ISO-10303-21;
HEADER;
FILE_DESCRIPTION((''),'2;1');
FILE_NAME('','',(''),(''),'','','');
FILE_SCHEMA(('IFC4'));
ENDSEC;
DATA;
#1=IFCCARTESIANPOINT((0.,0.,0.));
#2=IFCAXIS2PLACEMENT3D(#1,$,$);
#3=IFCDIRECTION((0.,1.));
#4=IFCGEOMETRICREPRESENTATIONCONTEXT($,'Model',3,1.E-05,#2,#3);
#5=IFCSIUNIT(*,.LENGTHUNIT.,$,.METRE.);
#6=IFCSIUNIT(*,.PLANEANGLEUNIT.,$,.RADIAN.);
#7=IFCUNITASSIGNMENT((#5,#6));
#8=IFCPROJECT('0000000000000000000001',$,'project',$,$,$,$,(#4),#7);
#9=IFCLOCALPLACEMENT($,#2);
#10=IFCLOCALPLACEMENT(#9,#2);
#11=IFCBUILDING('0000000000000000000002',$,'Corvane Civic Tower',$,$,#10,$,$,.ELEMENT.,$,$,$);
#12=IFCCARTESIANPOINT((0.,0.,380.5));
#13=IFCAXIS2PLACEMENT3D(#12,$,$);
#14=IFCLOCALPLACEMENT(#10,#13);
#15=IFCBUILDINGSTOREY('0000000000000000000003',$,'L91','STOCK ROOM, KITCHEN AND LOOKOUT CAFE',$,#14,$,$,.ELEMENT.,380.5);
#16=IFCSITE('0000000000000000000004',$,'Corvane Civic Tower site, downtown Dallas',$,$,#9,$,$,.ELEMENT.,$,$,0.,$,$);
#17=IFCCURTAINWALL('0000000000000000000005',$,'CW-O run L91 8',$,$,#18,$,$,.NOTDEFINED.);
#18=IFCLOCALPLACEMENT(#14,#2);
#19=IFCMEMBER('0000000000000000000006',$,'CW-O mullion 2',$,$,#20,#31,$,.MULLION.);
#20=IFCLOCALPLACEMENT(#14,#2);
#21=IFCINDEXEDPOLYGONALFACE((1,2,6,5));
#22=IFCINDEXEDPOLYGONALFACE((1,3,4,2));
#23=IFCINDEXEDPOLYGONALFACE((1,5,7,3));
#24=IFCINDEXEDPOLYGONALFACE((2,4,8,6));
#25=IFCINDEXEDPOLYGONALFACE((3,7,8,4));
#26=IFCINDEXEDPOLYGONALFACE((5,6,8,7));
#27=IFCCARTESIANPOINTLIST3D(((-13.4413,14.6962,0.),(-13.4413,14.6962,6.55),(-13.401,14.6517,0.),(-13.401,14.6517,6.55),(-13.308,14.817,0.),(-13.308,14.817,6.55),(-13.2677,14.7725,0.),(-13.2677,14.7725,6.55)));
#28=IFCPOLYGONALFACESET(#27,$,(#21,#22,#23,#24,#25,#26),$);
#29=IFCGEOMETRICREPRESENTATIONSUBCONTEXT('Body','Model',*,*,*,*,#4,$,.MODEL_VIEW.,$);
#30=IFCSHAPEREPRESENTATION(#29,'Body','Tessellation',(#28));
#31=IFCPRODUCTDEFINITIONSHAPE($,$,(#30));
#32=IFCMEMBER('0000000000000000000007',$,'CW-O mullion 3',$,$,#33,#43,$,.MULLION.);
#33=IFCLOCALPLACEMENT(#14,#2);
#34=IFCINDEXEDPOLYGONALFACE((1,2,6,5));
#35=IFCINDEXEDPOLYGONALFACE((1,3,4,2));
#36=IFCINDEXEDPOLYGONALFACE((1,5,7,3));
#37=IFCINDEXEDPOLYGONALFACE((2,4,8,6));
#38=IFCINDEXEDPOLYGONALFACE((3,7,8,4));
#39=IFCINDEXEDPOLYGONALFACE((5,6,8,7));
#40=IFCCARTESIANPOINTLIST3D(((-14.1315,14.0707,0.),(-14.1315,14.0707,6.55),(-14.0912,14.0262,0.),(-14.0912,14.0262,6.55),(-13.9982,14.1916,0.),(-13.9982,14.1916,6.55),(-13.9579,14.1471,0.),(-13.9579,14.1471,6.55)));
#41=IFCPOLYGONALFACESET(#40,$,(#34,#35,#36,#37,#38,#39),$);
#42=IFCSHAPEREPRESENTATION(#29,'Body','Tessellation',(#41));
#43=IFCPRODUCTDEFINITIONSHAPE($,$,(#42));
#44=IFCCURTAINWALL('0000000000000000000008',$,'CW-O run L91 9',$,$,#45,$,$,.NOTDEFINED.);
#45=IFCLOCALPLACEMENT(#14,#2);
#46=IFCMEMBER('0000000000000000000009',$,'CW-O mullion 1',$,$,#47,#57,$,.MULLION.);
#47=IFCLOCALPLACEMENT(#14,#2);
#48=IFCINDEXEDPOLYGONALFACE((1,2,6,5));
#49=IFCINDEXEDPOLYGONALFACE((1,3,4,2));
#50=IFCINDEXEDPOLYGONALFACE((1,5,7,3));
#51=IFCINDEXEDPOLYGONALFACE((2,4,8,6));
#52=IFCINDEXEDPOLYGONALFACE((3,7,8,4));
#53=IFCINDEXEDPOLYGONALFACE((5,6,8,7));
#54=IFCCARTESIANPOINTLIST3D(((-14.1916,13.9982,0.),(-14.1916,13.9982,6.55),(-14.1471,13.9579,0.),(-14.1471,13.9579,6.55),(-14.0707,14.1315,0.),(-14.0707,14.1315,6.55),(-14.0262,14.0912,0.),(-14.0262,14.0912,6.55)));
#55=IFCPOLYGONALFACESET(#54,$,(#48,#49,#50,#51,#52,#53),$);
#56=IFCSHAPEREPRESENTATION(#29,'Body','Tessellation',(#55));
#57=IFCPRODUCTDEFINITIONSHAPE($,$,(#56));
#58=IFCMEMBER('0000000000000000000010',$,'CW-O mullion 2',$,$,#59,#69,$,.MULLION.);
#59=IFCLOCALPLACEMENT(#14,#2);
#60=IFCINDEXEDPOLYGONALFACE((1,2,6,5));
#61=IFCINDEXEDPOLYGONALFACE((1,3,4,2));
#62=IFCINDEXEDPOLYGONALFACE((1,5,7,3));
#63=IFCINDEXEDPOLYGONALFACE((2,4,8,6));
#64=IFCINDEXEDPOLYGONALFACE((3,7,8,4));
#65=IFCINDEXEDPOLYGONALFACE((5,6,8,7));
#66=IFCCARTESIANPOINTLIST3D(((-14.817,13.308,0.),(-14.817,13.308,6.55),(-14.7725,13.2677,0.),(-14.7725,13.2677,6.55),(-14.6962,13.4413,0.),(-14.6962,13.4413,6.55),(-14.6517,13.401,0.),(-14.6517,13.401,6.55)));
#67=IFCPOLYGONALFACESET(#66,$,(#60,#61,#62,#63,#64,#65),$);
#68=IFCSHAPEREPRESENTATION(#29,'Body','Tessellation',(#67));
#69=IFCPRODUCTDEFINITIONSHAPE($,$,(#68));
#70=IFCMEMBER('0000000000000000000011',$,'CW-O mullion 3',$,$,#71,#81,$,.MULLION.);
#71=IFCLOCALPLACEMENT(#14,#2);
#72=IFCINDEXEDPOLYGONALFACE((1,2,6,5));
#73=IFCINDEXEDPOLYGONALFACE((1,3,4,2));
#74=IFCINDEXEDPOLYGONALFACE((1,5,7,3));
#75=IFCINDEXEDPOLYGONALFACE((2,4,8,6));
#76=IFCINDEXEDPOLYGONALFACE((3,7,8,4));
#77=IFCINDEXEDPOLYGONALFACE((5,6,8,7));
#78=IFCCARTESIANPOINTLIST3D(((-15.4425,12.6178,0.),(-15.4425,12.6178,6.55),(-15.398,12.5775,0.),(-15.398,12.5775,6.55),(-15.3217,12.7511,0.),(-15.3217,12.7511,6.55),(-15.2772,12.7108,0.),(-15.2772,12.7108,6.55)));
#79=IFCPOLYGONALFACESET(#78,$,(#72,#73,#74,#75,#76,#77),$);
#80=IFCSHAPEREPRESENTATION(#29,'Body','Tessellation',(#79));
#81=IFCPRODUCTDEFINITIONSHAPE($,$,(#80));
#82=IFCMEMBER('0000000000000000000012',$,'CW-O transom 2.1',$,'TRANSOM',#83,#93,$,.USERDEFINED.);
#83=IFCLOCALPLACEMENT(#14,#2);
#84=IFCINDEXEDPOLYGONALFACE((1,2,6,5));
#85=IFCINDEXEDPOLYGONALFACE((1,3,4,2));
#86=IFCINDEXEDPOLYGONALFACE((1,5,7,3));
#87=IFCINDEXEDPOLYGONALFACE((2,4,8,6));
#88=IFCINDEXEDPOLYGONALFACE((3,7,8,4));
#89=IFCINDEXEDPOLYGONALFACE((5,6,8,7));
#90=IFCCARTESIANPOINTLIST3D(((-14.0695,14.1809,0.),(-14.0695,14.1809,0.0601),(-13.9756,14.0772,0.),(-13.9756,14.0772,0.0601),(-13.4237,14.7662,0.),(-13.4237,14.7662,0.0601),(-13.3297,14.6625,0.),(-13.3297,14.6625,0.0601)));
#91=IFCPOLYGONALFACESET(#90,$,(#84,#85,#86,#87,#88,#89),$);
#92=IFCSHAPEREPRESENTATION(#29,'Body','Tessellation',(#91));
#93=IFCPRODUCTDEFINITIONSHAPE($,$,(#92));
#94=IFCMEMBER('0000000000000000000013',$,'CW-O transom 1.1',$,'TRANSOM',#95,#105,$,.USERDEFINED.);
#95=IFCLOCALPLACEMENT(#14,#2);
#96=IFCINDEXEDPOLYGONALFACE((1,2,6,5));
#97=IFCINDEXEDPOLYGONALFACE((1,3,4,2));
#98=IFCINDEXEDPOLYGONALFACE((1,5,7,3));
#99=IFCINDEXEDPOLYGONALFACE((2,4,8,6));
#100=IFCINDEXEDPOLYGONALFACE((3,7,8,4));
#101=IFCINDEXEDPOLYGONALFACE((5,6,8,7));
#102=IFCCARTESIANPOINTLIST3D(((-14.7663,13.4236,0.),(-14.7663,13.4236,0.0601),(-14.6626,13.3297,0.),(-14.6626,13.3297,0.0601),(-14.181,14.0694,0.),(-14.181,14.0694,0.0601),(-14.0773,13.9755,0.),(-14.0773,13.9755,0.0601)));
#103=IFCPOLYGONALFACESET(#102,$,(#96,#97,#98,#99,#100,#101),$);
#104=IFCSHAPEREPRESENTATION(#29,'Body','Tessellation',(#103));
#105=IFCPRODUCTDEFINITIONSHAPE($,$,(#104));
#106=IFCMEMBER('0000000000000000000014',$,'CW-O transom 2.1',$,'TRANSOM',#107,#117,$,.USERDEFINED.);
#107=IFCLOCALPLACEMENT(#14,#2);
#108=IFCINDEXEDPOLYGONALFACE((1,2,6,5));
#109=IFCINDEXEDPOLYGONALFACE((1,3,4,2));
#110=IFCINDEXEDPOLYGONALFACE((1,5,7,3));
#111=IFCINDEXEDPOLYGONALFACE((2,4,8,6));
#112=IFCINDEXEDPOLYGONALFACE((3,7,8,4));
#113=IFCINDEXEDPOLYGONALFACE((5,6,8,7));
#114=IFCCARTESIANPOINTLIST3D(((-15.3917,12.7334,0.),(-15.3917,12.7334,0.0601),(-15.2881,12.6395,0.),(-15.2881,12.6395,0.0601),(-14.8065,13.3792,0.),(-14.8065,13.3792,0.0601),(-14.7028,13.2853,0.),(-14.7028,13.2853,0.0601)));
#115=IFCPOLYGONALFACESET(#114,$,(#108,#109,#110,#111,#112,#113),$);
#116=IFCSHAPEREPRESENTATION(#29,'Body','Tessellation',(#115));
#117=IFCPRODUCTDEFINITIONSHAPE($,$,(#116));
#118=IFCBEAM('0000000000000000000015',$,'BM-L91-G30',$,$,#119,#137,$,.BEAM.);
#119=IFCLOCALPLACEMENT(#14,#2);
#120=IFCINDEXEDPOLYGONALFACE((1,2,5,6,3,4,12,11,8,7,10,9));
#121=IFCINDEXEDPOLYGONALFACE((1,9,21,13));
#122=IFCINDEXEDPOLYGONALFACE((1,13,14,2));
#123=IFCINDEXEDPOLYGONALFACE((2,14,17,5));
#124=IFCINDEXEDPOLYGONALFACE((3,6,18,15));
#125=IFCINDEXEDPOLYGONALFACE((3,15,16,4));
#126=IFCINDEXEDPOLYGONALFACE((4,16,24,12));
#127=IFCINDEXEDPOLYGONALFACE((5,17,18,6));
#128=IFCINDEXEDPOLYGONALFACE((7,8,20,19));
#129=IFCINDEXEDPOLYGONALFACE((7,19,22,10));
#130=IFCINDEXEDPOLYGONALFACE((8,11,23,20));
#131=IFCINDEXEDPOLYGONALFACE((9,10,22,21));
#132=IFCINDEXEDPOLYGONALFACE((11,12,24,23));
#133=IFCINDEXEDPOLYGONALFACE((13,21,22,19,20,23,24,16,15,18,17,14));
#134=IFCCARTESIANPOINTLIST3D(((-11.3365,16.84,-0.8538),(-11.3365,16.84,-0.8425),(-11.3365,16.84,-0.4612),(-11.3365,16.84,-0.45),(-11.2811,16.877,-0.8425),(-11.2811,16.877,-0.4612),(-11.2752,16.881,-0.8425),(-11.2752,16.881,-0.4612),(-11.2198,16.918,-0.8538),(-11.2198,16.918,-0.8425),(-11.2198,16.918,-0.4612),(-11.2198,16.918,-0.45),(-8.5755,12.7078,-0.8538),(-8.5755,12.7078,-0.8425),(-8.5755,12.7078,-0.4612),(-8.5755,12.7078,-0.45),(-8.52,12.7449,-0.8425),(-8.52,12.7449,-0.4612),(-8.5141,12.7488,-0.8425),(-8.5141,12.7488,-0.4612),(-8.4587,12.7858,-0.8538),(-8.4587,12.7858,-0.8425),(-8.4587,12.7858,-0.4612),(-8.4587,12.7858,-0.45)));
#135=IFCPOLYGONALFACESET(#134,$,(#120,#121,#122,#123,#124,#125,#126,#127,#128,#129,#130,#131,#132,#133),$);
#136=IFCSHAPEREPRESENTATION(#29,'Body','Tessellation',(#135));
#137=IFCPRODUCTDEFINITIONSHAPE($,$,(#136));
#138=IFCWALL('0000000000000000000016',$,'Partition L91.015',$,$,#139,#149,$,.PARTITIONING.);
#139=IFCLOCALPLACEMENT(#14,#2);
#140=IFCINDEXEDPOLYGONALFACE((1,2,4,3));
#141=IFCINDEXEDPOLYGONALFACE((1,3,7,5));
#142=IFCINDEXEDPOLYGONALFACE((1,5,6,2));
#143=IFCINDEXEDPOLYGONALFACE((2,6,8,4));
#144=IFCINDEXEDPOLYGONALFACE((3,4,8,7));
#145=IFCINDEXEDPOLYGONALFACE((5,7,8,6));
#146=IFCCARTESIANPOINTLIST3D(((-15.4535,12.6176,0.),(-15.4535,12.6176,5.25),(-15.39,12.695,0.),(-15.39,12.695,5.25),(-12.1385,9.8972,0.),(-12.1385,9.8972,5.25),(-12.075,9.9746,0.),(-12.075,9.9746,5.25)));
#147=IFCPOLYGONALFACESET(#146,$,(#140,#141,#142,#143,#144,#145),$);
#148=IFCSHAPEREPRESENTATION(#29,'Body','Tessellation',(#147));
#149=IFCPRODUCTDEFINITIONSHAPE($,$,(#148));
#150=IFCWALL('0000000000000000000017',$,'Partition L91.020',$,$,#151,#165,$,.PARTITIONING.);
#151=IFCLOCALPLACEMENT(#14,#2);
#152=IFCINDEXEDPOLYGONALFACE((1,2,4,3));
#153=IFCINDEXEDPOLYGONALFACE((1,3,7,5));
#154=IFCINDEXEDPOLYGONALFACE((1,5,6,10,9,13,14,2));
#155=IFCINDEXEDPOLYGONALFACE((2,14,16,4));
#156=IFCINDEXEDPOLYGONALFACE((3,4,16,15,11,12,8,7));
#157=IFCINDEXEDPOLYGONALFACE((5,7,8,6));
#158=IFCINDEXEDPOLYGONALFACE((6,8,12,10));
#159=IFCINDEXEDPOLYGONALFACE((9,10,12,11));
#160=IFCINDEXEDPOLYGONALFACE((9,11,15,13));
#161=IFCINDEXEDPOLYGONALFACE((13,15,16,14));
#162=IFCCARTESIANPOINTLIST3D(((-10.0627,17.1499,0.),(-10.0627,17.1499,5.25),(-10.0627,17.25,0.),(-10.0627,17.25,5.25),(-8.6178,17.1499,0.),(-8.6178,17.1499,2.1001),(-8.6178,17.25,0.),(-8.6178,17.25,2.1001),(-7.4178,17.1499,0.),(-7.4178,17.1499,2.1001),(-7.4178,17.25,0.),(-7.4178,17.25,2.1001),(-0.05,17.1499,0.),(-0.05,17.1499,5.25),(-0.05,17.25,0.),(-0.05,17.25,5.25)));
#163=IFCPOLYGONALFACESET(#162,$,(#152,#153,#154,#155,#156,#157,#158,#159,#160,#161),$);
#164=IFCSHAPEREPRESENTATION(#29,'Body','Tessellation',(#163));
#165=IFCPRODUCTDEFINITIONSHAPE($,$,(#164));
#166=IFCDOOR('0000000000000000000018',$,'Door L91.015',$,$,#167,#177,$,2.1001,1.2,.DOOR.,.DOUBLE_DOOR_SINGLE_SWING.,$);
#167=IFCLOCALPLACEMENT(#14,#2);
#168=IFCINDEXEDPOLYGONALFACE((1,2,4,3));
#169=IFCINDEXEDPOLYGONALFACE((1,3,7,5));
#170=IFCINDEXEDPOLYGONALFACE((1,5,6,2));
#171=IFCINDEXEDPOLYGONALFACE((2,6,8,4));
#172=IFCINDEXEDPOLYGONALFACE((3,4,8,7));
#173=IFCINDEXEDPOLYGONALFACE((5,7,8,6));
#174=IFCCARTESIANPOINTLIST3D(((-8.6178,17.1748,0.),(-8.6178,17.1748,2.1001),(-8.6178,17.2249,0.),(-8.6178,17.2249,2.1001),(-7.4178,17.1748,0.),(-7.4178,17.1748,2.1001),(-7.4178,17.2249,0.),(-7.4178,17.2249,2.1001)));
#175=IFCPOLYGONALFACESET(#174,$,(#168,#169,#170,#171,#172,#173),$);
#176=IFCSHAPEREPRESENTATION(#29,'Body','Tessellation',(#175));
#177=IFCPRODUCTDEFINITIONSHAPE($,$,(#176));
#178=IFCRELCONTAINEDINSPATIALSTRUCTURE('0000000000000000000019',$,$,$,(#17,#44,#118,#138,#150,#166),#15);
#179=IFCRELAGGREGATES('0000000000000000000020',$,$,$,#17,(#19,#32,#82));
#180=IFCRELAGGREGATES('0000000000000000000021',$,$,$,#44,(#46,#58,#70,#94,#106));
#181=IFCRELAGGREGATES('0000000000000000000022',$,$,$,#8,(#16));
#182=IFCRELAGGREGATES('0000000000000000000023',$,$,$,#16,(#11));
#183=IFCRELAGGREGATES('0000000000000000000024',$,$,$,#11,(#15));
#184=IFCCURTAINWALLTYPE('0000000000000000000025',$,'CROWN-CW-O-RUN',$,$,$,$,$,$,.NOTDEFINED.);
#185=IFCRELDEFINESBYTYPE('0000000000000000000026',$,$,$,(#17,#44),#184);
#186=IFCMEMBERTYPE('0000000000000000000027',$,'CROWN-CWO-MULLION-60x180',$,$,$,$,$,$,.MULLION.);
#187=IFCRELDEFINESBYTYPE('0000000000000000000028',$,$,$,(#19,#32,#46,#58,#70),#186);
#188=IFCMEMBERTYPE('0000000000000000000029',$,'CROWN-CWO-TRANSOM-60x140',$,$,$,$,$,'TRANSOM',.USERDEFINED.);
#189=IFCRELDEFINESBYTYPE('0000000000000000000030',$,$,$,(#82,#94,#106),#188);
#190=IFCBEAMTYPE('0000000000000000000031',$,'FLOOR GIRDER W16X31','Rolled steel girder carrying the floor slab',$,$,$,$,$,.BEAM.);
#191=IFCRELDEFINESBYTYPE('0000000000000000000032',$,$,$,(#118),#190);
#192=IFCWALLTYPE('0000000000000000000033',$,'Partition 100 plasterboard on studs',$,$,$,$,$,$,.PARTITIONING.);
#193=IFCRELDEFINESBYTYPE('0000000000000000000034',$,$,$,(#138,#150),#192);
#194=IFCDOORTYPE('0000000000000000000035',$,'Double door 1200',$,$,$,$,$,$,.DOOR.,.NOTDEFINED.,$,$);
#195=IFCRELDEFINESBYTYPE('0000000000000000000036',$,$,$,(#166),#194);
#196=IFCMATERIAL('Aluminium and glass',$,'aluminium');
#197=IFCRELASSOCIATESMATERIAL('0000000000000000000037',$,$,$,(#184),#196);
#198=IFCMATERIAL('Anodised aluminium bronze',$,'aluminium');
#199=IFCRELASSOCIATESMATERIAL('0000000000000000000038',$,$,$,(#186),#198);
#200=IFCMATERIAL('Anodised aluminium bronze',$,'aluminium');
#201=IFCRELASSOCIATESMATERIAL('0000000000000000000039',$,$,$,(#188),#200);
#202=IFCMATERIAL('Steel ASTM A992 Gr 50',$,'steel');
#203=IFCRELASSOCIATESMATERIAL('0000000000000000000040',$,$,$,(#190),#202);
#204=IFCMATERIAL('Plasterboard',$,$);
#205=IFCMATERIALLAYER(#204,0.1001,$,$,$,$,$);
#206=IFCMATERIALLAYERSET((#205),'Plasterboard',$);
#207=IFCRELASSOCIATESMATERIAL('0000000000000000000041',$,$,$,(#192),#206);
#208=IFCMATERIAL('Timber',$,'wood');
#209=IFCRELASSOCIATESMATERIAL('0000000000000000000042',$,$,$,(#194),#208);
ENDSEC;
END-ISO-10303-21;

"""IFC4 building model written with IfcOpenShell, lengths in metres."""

from ifc_helpers import new_model, si_unit, direction, frame, frame_2d, origin, origin_2d, place, context, subcontext, project, spatial, rectangle, i_section, extrude, material, layer, layer_set, material_profile, profile_set, type_object, element, fill, aggregate, save


model = new_model("IFC4")

# Units and contexts
model_context = context("Model", 3, precision=1e-05, world=origin(), true_north=direction((0.0, 1.0)))
body_context = subcontext(model_context, "Body", "Model", "MODEL_VIEW")
ifc_project = project(units=[si_unit("LENGTHUNIT", "METRE"), si_unit("PLANEANGLEUNIT", "RADIAN")], contexts=[model_context])

# Site, building, storey
site_placement = place(None, origin())
site = spatial("IfcSite", under=ifc_project, at=site_placement, Name="Corvane Civic Tower site, downtown Dallas", CompositionType="ELEMENT", RefElevation=0.0)
building_placement = place(site_placement, origin())
building = spatial("IfcBuilding", under=site, at=building_placement, Name="Corvane Civic Tower", CompositionType="ELEMENT")
storey_placement = place(building_placement, frame((0.0, 0.0, 380.5)))
storey = spatial("IfcBuildingStorey", under=building, at=storey_placement, Name="L91", Description="STOCK ROOM, KITCHEN AND LOOKOUT CAFE", CompositionType="ELEMENT", Elevation=380.5)

# Shared definitions
ifc_material_1 = material(Name="Aluminium and glass", Category="aluminium")
curtain_wall_type = type_object("IfcCurtainWallType", Name="CROWN-CW-O-RUN", PredefinedType="NOTDEFINED", material=ifc_material_1)
ifc_material_2 = material(Name="Anodised aluminium bronze", Category="aluminium")
ifc_material_profile_1 = material_profile(ifc_material_2, rectangle(XDim=0.0601, YDim=0.1799, at=origin_2d()), Name="AL 60x180")
ifc_profile_set_1 = profile_set([ifc_material_profile_1], Name="Anodised aluminium bronze")
member_type_1 = type_object("IfcMemberType", Name="CROWN-CWO-MULLION-60x180", PredefinedType="MULLION", material=ifc_profile_set_1)

# Curtain walls, members
curtain_wall_1_placement = place(storey_placement, origin())
curtain_wall_1 = element("IfcCurtainWall", 1, at=curtain_wall_1_placement, inside=storey, type_object=curtain_wall_type, Name="CW-O run L91 8", PredefinedType="NOTDEFINED")
member_1_placement = place(storey_placement, frame((-13.3545, 14.7344, 0.0), z_axis=(0.0, 0.0, 1.0), x_axis=(0.671567, -0.740944, 0.0)))
member_1 = element("IfcMember", 2, at=member_1_placement, type_object=member_type_1, Name="CW-O mullion 2", PredefinedType="MULLION", context=body_context, shape_type="SweptSolid", body=[
    extrude(rectangle(XDim=0.0601, YDim=0.1799, at=origin_2d()), origin(), (0.0, 0.0, 1.0), 6.55),
])
member_2_placement = place(storey_placement, frame((-14.0447, 14.1089, 0.0), z_axis=(0.0, 0.0, 1.0), x_axis=(0.671567, -0.740944, 0.0)))
member_2 = element("IfcMember", 3, at=member_2_placement, type_object=member_type_1, Name="CW-O mullion 3", PredefinedType="MULLION", context=body_context, shape_type="SweptSolid", body=[
    extrude(rectangle(XDim=0.0601, YDim=0.1799, at=origin_2d()), origin(), (0.0, 0.0, 1.0), 6.55),
])
curtain_wall_2_placement = place(storey_placement, origin())
curtain_wall_2 = element("IfcCurtainWall", 4, at=curtain_wall_2_placement, inside=storey, type_object=curtain_wall_type, Name="CW-O run L91 9", PredefinedType="NOTDEFINED")
member_3_placement = place(storey_placement, frame((-14.1089, 14.0447, 0.0), z_axis=(0.0, 0.0, 1.0), x_axis=(0.740944, -0.671567, 0.0)))
member_3 = element("IfcMember", 5, at=member_3_placement, type_object=member_type_1, Name="CW-O mullion 1", PredefinedType="MULLION", context=body_context, shape_type="SweptSolid", body=[
    extrude(rectangle(XDim=0.0601, YDim=0.1799, at=origin_2d()), origin(), (0.0, 0.0, 1.0), 6.55),
])
member_4_placement = place(storey_placement, frame((-14.7344, 13.3545, 0.0), z_axis=(0.0, 0.0, 1.0), x_axis=(0.740944, -0.671567, 0.0)))
member_4 = element("IfcMember", 6, at=member_4_placement, type_object=member_type_1, Name="CW-O mullion 2", PredefinedType="MULLION", context=body_context, shape_type="SweptSolid", body=[
    extrude(rectangle(XDim=0.0601, YDim=0.1799, at=origin_2d()), origin(), (0.0, 0.0, 1.0), 6.55),
])
member_5_placement = place(storey_placement, frame((-15.3599, 12.6643, 0.0), z_axis=(0.0, 0.0, 1.0), x_axis=(0.740944, -0.671567, 0.0)))
member_5 = element("IfcMember", 7, at=member_5_placement, type_object=member_type_1, Name="CW-O mullion 3", PredefinedType="MULLION", context=body_context, shape_type="SweptSolid", body=[
    extrude(rectangle(XDim=0.0601, YDim=0.1799, at=origin_2d()), origin(), (0.0, 0.0, 1.0), 6.55),
])

# Members
ifc_material_3 = material(Name="Anodised aluminium bronze", Category="aluminium")
ifc_material_profile_2 = material_profile(ifc_material_3, rectangle(XDim=0.1399, YDim=0.0601, at=origin_2d()), Name="AL 140x60")
ifc_profile_set_2 = profile_set([ifc_material_profile_2], Name="Anodised aluminium bronze")
member_type_2 = type_object("IfcMemberType", Name="CROWN-CWO-TRANSOM-60x140", ElementType="TRANSOM", PredefinedType="USERDEFINED", material=ifc_profile_set_2)
member_6_placement = place(storey_placement, frame((-13.3767, 14.7144, 0.03), z_axis=(-0.740991, -0.671515, 0.0), x_axis=(0.671515, -0.740991, 0.0)))
member_6 = element("IfcMember", 8, at=member_6_placement, type_object=member_type_2, Name="CW-O transom 2.1", ObjectType="TRANSOM", PredefinedType="USERDEFINED", context=body_context, shape_type="SweptSolid", body=[
    extrude(rectangle(XDim=0.1399, YDim=0.0601, at=origin_2d()), origin(), (0.0, 0.0, 1.0), 0.8716),
])
aggregate(curtain_wall_1, [member_1, member_2, member_6])
member_7_placement = place(storey_placement, frame((-14.1292, 14.0225, 0.03), z_axis=(-0.671515, -0.740991, 0.0), x_axis=(0.740991, -0.671515, 0.0)))
member_7 = element("IfcMember", 9, at=member_7_placement, type_object=member_type_2, Name="CW-O transom 1.1", ObjectType="TRANSOM", PredefinedType="USERDEFINED", context=body_context, shape_type="SweptSolid", body=[
    extrude(rectangle(XDim=0.1399, YDim=0.0601, at=origin_2d()), origin(), (0.0, 0.0, 1.0), 0.8716),
])
member_8_placement = place(storey_placement, frame((-14.7546, 13.3323, 0.03), z_axis=(-0.671515, -0.740991, 0.0), x_axis=(0.740991, -0.671515, 0.0)))
member_8 = element("IfcMember", 10, at=member_8_placement, type_object=member_type_2, Name="CW-O transom 2.1", ObjectType="TRANSOM", PredefinedType="USERDEFINED", context=body_context, shape_type="SweptSolid", body=[
    extrude(rectangle(XDim=0.1399, YDim=0.0601, at=origin_2d()), origin(), (0.0, 0.0, 1.0), 0.8716),
])
aggregate(curtain_wall_2, [member_3, member_4, member_5, member_7, member_8])

# Beam
ifc_material_4 = material(Name="Steel ASTM A992 Gr 50", Category="steel")
ifc_material_profile_3 = material_profile(ifc_material_4, i_section(OverallWidth=0.1404, OverallDepth=0.4038, WebThickness=0.0071, FlangeThickness=0.0112, at=origin_2d()), Name="W16X31")
ifc_profile_set_3 = profile_set([ifc_material_profile_3], Name="Steel ASTM A992 Gr 50")
beam_type = type_object("IfcBeamType", Name="FLOOR GIRDER W16X31", Description="Rolled steel girder carrying the floor slab", PredefinedType="BEAM", material=ifc_profile_set_3)
beam_placement = place(storey_placement, frame((-8.5171, 12.7468, -0.6519), z_axis=(-0.555573, 0.831468, 0.0), x_axis=(-0.831468, -0.555573, 0.0)))
element("IfcBeam", 11, at=beam_placement, inside=storey, type_object=beam_type, Name="BM-L91-G30", PredefinedType="BEAM", context=body_context, shape_type="SweptSolid", body=[
    extrude(i_section(OverallWidth=0.1404, OverallDepth=0.4038, WebThickness=0.0071, FlangeThickness=0.0112, at=origin_2d()), origin(), (0.0, 0.0, 1.0), 4.9697),
])

# Wall
ifc_material_5 = material(Name="Plasterboard")
ifc_layer = layer(ifc_material_5, 0.1001)
ifc_layer_set = layer_set([ifc_layer], Name="Plasterboard")
wall_type = type_object("IfcWallType", Name="Partition 100 plasterboard on studs", PredefinedType="PARTITIONING", material=ifc_layer_set)
wall_1_placement = place(storey_placement, frame((-15.4216, 12.6562, 0.0), z_axis=(0.0, 0.0, 1.0), x_axis=(0.773015, -0.634387, 0.0)))
element("IfcWall", 12, at=wall_1_placement, inside=storey, type_object=wall_type, Name="Partition L91.015", PredefinedType="PARTITIONING", context=body_context, shape_type="SweptSolid", body=[
    extrude(rectangle(XDim=4.2883, YDim=0.1001, at=frame_2d((2.144, 0.0))), origin(), (0.0, 0.0, 1.0), 5.25),
])

# Wall, opening, door
wall_2_placement = place(storey_placement, frame((-10.0627, 17.2, 0.0), z_axis=(0.0, 0.0, 1.0), x_axis=(1.0, 0.0, 0.0)))
wall_2 = element("IfcWall", 13, at=wall_2_placement, inside=storey, type_object=wall_type, Name="Partition L91.020", PredefinedType="PARTITIONING", context=body_context, shape_type="SweptSolid", body=[
    extrude(rectangle(XDim=10.0127, YDim=0.1001, at=frame_2d((5.0063, 0.0))), origin(), (0.0, 0.0, 1.0), 5.25),
])
opening_placement = place(wall_2_placement, frame((1.4448, 0.0, 0.0)))
opening = element("IfcOpeningElement", 14, at=opening_placement, cuts=wall_2, PredefinedType="OPENING", context=body_context, shape_type="SweptSolid", body=[
    extrude(rectangle(XDim=1.2, YDim=2.1001, at=frame_2d((0.6001, 1.05))), frame((0.0, 0.0601, 0.0), z_axis=(0.0, -1.0, 0.0), x_axis=(1.0, 0.0, 0.0)), (0.0, 0.0, 1.0), 0.1201),
])
ifc_material_6 = material(Name="Timber", Category="wood")
door_type = type_object("IfcDoorType", Name="Double door 1200", OperationType="NOTDEFINED", PredefinedType="DOOR", material=ifc_material_6)
door_placement = place(opening_placement, origin())
door = element("IfcDoor", 15, at=door_placement, inside=storey, type_object=door_type, Name="Door L91.015", OperationType="DOUBLE_DOOR_SINGLE_SWING", OverallHeight=2.1001, OverallWidth=1.2, PredefinedType="DOOR", context=body_context, shape_type="SweptSolid", body=[
    extrude(rectangle(XDim=1.2, YDim=2.1001, at=frame_2d((0.6001, 1.05))), frame((0.0, 0.0249, 0.0), z_axis=(0.0, -1.0, 0.0), x_axis=(1.0, 0.0, 0.0)), (0.0, 0.0, 1.0), 0.05),
])
fill(opening, door)

save(model, "model.ifc")
